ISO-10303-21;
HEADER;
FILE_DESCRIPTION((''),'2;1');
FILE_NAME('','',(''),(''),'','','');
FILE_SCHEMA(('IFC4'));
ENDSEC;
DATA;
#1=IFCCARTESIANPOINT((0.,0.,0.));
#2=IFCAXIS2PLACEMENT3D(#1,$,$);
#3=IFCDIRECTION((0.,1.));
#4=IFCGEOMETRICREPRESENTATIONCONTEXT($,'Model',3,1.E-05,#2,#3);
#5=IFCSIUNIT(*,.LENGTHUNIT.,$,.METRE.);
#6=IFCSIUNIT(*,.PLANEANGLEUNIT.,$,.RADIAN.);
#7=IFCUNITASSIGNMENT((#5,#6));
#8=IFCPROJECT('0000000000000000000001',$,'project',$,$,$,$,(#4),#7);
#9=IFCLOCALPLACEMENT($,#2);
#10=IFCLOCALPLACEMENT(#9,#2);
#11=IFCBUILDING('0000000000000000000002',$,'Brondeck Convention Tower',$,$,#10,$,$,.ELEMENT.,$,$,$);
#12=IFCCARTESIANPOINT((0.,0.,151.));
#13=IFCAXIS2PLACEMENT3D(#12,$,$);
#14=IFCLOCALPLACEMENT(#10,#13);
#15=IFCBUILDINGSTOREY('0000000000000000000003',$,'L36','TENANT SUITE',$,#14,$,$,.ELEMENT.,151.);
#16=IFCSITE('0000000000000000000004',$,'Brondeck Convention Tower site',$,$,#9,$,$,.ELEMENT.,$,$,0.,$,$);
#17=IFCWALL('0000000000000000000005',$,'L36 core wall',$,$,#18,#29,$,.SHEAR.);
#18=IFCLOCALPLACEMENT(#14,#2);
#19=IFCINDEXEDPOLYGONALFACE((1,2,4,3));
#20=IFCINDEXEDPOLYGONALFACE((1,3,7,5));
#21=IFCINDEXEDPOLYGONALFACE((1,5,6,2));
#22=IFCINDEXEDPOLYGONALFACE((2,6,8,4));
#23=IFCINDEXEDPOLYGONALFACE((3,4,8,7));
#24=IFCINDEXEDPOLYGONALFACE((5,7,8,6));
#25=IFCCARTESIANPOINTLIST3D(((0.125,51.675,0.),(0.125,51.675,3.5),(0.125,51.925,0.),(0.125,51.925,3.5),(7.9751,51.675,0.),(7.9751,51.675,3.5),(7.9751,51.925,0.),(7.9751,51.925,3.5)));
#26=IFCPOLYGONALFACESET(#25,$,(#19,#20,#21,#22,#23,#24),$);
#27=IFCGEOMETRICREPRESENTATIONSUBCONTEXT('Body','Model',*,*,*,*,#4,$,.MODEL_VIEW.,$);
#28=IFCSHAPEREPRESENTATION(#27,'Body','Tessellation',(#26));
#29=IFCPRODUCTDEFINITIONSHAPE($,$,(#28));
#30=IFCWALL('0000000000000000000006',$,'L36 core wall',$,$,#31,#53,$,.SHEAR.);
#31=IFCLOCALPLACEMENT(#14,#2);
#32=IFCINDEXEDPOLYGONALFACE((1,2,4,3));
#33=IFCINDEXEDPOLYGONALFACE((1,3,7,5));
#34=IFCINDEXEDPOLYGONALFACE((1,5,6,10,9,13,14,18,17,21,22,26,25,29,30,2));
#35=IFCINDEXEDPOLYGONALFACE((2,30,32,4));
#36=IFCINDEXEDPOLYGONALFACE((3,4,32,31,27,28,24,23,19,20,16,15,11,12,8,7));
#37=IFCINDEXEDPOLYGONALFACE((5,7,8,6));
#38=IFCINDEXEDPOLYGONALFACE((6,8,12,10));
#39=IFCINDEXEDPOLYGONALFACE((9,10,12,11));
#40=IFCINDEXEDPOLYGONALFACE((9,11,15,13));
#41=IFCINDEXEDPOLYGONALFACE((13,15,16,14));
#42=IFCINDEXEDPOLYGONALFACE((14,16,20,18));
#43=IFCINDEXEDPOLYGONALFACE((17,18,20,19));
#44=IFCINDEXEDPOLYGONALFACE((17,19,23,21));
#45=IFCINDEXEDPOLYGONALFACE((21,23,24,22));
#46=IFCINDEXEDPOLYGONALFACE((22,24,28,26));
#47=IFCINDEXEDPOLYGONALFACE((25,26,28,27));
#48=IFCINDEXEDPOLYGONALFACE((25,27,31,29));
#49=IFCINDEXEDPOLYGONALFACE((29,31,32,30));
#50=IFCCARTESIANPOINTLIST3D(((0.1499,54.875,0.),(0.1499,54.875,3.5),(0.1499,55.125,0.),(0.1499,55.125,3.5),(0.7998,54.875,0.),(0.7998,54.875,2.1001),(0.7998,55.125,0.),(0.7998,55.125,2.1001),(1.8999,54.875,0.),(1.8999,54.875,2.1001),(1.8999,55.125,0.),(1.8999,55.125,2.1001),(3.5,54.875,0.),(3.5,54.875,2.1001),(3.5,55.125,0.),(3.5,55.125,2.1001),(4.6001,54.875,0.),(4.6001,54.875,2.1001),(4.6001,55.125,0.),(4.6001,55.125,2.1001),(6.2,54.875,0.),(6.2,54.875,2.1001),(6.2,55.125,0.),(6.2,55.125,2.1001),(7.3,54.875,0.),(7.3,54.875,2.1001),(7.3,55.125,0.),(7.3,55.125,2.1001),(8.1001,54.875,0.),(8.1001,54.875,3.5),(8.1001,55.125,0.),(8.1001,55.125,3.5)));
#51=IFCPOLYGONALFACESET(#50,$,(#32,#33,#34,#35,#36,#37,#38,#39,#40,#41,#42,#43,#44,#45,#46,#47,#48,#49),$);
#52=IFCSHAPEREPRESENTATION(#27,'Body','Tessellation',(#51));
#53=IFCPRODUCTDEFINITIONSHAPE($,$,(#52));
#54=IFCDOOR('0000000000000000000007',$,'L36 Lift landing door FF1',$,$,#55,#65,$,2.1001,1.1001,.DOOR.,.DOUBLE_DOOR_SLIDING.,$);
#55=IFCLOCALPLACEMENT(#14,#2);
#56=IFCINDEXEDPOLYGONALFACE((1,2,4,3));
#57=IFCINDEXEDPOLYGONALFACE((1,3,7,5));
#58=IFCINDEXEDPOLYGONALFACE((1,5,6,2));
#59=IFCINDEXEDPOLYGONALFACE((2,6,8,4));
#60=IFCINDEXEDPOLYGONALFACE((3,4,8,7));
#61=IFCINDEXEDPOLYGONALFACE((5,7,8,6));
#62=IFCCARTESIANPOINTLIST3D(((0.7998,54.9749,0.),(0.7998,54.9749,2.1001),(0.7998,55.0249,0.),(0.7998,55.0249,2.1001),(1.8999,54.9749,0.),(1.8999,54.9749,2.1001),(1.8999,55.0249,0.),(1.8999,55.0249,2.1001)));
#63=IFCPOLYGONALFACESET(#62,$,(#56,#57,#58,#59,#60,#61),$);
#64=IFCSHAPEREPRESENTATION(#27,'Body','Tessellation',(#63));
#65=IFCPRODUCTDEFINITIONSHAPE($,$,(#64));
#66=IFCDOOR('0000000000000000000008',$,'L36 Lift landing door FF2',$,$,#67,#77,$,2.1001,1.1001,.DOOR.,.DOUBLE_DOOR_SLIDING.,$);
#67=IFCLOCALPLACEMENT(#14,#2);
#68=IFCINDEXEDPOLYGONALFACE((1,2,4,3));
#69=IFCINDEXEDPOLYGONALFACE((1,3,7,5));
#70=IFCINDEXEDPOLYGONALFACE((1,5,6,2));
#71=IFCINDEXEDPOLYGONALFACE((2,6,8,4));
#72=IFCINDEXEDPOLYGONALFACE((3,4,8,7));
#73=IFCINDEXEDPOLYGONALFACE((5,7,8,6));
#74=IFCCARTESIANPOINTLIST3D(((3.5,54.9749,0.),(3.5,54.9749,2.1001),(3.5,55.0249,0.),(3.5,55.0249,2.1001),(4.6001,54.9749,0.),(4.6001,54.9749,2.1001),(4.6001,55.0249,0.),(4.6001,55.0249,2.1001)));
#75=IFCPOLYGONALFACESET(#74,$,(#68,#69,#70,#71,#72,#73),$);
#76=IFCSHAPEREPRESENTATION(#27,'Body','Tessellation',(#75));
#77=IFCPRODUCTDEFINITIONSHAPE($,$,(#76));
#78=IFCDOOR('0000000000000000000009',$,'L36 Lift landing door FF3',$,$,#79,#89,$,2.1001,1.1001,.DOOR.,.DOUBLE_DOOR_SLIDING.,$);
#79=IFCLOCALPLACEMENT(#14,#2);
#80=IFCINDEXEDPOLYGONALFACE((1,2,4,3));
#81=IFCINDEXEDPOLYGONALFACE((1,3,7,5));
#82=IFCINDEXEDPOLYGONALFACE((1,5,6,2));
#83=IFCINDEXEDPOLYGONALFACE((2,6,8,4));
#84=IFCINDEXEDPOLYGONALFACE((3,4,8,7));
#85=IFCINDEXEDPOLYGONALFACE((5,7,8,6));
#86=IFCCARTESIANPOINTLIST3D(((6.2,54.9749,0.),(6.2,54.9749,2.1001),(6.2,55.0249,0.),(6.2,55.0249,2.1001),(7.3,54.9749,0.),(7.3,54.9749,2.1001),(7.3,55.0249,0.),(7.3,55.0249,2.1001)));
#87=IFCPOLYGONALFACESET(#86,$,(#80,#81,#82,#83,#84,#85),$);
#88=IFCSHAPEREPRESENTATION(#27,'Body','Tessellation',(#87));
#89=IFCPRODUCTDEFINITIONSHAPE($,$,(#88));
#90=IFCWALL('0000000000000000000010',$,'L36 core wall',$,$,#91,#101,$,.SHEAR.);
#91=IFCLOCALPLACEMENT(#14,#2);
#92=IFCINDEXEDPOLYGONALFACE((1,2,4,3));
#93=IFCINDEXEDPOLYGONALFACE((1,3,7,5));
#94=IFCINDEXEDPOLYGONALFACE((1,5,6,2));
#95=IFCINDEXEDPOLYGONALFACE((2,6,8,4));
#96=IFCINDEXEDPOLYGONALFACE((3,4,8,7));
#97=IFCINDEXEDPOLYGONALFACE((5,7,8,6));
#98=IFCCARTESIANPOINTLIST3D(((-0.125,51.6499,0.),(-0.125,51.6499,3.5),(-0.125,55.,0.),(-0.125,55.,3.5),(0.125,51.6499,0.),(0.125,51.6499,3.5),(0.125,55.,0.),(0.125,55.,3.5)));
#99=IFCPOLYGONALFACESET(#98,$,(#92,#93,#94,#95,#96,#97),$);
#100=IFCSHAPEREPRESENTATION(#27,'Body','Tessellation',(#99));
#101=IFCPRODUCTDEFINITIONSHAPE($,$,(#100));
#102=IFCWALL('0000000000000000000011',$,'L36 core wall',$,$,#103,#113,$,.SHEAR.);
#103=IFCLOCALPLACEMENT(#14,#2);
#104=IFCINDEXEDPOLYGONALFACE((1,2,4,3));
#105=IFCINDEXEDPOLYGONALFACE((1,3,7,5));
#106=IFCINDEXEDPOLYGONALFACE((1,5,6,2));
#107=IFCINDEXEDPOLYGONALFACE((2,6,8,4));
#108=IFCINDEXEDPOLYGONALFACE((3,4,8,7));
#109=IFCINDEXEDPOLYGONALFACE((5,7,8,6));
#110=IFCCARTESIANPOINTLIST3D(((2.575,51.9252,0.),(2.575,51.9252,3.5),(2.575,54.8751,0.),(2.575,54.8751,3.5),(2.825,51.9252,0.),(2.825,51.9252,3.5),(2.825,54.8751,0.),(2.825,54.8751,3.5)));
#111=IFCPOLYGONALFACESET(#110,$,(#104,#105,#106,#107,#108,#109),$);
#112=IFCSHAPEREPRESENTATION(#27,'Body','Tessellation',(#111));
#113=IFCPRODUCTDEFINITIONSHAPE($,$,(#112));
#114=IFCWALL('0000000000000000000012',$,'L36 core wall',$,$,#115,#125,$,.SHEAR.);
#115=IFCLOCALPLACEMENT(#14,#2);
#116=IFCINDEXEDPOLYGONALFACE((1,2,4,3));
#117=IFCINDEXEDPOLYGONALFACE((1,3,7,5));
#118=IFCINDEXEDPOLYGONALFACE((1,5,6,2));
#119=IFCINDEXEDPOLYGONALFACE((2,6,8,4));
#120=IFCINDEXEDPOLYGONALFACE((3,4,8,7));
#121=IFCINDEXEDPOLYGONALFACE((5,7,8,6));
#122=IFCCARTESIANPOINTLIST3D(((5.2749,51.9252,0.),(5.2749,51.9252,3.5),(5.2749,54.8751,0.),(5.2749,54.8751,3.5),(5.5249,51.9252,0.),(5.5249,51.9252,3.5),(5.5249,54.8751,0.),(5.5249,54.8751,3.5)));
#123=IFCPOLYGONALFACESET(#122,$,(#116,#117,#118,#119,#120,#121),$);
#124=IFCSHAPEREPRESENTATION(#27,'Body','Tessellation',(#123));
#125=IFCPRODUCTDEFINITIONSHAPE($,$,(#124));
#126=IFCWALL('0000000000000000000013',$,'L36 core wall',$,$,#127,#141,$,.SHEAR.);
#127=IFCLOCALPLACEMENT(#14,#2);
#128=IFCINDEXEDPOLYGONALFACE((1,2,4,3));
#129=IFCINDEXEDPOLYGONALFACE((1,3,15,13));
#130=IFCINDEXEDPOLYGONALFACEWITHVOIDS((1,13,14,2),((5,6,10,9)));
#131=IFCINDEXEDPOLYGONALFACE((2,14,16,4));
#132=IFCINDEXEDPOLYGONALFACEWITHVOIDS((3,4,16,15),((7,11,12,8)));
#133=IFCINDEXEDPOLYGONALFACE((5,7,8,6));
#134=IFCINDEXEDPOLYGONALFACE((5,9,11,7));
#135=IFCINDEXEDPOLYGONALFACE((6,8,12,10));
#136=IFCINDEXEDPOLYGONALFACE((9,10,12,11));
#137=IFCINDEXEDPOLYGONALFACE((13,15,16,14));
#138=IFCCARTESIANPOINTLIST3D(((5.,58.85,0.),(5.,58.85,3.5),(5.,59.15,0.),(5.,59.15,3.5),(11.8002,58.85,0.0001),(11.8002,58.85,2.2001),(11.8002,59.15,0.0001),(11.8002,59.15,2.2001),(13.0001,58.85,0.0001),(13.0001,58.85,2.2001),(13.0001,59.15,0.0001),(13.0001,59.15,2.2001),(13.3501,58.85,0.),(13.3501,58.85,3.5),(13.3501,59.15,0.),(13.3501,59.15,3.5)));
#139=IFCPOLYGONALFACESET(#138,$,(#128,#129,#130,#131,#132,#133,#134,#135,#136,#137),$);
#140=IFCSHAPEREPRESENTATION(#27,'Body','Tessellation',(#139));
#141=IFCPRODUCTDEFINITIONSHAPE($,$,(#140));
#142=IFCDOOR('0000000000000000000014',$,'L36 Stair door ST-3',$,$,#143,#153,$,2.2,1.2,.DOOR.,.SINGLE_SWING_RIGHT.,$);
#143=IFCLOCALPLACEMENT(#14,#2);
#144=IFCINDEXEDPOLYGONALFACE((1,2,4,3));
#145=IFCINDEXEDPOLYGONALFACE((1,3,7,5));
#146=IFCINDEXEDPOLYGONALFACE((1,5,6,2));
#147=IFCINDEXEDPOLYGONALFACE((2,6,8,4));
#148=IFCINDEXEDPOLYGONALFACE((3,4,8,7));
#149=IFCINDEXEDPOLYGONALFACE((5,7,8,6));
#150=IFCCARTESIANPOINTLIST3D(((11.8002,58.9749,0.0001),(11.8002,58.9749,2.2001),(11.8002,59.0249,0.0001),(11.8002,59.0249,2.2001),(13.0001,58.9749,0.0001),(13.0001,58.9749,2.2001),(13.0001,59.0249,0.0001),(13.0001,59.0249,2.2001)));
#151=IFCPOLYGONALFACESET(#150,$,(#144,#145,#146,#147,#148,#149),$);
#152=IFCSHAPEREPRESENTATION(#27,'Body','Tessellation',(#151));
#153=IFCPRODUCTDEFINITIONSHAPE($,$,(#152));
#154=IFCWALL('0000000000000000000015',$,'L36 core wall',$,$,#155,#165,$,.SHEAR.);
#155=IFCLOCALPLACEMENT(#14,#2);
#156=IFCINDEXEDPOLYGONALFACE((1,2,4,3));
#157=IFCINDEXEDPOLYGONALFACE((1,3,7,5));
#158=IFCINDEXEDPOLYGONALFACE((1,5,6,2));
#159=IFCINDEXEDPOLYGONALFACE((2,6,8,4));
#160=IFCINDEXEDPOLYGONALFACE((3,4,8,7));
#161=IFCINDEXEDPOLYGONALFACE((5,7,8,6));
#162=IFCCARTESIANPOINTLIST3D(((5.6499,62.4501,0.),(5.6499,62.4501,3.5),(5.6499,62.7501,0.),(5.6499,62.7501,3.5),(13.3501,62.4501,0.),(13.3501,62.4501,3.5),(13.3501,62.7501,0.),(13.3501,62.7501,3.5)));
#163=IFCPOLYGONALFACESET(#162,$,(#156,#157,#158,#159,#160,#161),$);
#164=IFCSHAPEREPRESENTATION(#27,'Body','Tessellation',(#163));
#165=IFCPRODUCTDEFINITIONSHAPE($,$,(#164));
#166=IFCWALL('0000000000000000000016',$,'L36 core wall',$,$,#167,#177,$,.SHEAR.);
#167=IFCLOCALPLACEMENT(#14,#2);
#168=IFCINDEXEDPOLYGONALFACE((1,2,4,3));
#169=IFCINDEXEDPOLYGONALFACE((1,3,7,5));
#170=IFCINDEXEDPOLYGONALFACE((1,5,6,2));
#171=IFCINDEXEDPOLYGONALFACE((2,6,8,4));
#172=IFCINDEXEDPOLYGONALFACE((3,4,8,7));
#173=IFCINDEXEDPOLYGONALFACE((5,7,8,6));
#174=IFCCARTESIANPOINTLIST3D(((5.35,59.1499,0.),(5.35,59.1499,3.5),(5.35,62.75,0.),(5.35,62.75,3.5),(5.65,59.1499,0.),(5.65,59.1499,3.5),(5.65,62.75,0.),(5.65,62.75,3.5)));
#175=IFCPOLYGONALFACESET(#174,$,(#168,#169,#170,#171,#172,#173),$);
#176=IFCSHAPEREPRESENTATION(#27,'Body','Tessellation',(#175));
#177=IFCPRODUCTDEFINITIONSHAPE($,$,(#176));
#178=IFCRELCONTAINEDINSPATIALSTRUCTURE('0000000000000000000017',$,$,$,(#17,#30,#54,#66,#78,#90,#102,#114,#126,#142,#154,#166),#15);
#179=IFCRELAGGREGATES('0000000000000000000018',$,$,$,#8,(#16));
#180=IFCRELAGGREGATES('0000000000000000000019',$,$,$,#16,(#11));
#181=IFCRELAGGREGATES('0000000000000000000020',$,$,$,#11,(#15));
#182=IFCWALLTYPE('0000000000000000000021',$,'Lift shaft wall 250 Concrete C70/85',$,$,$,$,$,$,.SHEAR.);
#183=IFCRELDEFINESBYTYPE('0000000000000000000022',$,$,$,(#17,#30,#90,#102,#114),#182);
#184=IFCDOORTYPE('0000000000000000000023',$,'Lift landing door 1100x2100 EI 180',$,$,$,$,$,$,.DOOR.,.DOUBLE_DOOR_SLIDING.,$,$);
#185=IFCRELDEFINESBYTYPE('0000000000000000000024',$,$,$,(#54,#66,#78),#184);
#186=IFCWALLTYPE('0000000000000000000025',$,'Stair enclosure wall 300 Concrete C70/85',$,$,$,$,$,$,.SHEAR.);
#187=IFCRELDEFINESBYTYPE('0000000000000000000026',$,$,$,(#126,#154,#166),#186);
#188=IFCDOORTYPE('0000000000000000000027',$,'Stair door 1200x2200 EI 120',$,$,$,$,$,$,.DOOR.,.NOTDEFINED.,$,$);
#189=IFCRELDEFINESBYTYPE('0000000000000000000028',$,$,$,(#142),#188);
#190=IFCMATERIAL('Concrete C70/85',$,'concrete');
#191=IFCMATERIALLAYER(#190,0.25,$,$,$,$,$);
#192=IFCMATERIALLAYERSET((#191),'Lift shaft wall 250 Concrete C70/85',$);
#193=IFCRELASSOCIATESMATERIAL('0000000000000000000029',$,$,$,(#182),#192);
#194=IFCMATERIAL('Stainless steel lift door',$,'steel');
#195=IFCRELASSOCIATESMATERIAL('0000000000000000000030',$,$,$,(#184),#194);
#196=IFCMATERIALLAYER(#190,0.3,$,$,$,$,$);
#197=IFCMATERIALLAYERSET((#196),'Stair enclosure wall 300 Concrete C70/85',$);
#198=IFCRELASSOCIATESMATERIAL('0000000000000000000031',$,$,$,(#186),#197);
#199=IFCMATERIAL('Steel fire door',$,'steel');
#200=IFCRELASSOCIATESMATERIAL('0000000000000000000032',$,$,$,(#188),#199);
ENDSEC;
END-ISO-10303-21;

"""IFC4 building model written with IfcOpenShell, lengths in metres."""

from ifc_helpers import new_model, si_unit, direction, frame, frame_2d, origin, place, context, subcontext, project, spatial, rectangle, extrude, material, layer, layer_set, type_object, element, fill, save


model = new_model("IFC4")

# Units and contexts
model_context = context("Model", 3, precision=1e-05, world=origin(), true_north=direction((0.0, 1.0)))
body_context = subcontext(model_context, "Body", "Model", "MODEL_VIEW")
ifc_project = project(units=[si_unit("LENGTHUNIT", "METRE"), si_unit("PLANEANGLEUNIT", "RADIAN")], contexts=[model_context])

# Site, building, storey
site_placement = place(None, origin())
site = spatial("IfcSite", under=ifc_project, at=site_placement, Name="Brondeck Convention Tower site", CompositionType="ELEMENT", RefElevation=0.0)
building_placement = place(site_placement, origin())
building = spatial("IfcBuilding", under=site, at=building_placement, Name="Brondeck Convention Tower", CompositionType="ELEMENT")
storey_placement = place(building_placement, frame((0.0, 0.0, 151.0)))
storey = spatial("IfcBuildingStorey", under=building, at=storey_placement, Name="L36", Description="TENANT SUITE", CompositionType="ELEMENT", Elevation=151.0)

# Shared definitions
ifc_material_1 = material(Name="Concrete C70/85", Category="concrete")

# Wall
ifc_layer_1 = layer(ifc_material_1, 0.25)
ifc_layer_set_1 = layer_set([ifc_layer_1], Name="Lift shaft wall 250 Concrete C70/85")
wall_type_1 = type_object("IfcWallType", Name="Lift shaft wall 250 Concrete C70/85", PredefinedType="SHEAR", material=ifc_layer_set_1)
for number, where, z_axis, x_axis, name in (
    (1, (0.125, 51.8, 0.0), (0.0, 0.0, 1.0), (1.0, 0.0, 0.0), "L36 core wall"),
):
    element("IfcWall", number, at=place(storey_placement, frame(where, z_axis=z_axis, x_axis=x_axis)), inside=storey, type_object=wall_type_1, Name=name, PredefinedType="SHEAR", context=body_context, shape_type="SweptSolid", body=[
        extrude(rectangle(XDim=7.8501, YDim=0.25, at=frame_2d((3.925, 0.0))), origin(), (0.0, 0.0, 1.0), 3.5),
    ])

# Wall, openings, doors
wall_1_placement = place(storey_placement, frame((0.1499, 55.0, 0.0), z_axis=(0.0, 0.0, 1.0), x_axis=(1.0, 0.0, 0.0)))
wall_1 = element("IfcWall", 2, at=wall_1_placement, inside=storey, type_object=wall_type_1, Name="L36 core wall", PredefinedType="SHEAR", context=body_context, shape_type="SweptSolid", body=[
    extrude(rectangle(XDim=7.9502, YDim=0.25, at=frame_2d((3.9751, 0.0))), origin(), (0.0, 0.0, 1.0), 3.5),
])
opening_1_placement = place(wall_1_placement, frame((0.6499, 0.0, 0.0)))
opening_1 = element("IfcOpeningElement", 3, at=opening_1_placement, cuts=wall_1, PredefinedType="OPENING", context=body_context, shape_type="SweptSolid", body=[
    extrude(rectangle(XDim=1.1001, YDim=2.1001, at=frame_2d((0.55, 1.05))), frame((0.0, 0.135, 0.0), z_axis=(0.0, -1.0, 0.0), x_axis=(1.0, 0.0, 0.0)), (0.0, 0.0, 1.0), 0.27),
])
opening_2_placement = place(wall_1_placement, frame((3.3501, 0.0, 0.0)))
opening_2 = element("IfcOpeningElement", 4, at=opening_2_placement, cuts=wall_1, PredefinedType="OPENING", context=body_context, shape_type="SweptSolid", body=[
    extrude(rectangle(XDim=1.1001, YDim=2.1001, at=frame_2d((0.55, 1.05))), frame((0.0, 0.135, 0.0), z_axis=(0.0, -1.0, 0.0), x_axis=(1.0, 0.0, 0.0)), (0.0, 0.0, 1.0), 0.27),
])
opening_3_placement = place(wall_1_placement, frame((6.05, 0.0, 0.0)))
opening_3 = element("IfcOpeningElement", 5, at=opening_3_placement, cuts=wall_1, PredefinedType="OPENING", context=body_context, shape_type="SweptSolid", body=[
    extrude(rectangle(XDim=1.1001, YDim=2.1001, at=frame_2d((0.55, 1.05))), frame((0.0, 0.135, 0.0), z_axis=(0.0, -1.0, 0.0), x_axis=(1.0, 0.0, 0.0)), (0.0, 0.0, 1.0), 0.27),
])
ifc_material_2 = material(Name="Stainless steel lift door", Category="steel")
door_type_1 = type_object("IfcDoorType", Name="Lift landing door 1100x2100 EI 180", OperationType="DOUBLE_DOOR_SLIDING", PredefinedType="DOOR", material=ifc_material_2)
door_1_placement = place(opening_1_placement, origin())
door_1 = element("IfcDoor", 6, at=door_1_placement, inside=storey, type_object=door_type_1, Name="L36 Lift landing door FF1", OperationType="DOUBLE_DOOR_SLIDING", OverallHeight=2.1001, OverallWidth=1.1001, PredefinedType="DOOR", context=body_context, shape_type="SweptSolid", body=[
    extrude(rectangle(XDim=1.1001, YDim=2.1001, at=frame_2d((0.55, 1.05))), frame((0.0, 0.0249, 0.0), z_axis=(0.0, -1.0, 0.0), x_axis=(1.0, 0.0, 0.0)), (0.0, 0.0, 1.0), 0.05),
])
fill(opening_1, door_1)
door_2_placement = place(opening_2_placement, origin())
door_2 = element("IfcDoor", 7, at=door_2_placement, inside=storey, type_object=door_type_1, Name="L36 Lift landing door FF2", OperationType="DOUBLE_DOOR_SLIDING", OverallHeight=2.1001, OverallWidth=1.1001, PredefinedType="DOOR", context=body_context, shape_type="SweptSolid", body=[
    extrude(rectangle(XDim=1.1001, YDim=2.1001, at=frame_2d((0.55, 1.05))), frame((0.0, 0.0249, 0.0), z_axis=(0.0, -1.0, 0.0), x_axis=(1.0, 0.0, 0.0)), (0.0, 0.0, 1.0), 0.05),
])
fill(opening_2, door_2)
door_3_placement = place(opening_3_placement, origin())
door_3 = element("IfcDoor", 8, at=door_3_placement, inside=storey, type_object=door_type_1, Name="L36 Lift landing door FF3", OperationType="DOUBLE_DOOR_SLIDING", OverallHeight=2.1001, OverallWidth=1.1001, PredefinedType="DOOR", context=body_context, shape_type="SweptSolid", body=[
    extrude(rectangle(XDim=1.1001, YDim=2.1001, at=frame_2d((0.55, 1.05))), frame((0.0, 0.0249, 0.0), z_axis=(0.0, -1.0, 0.0), x_axis=(1.0, 0.0, 0.0)), (0.0, 0.0, 1.0), 0.05),
])
fill(opening_3, door_3)

# Walls
wall_2_placement = place(storey_placement, frame((0.0, 51.6499, 0.0), z_axis=(0.0, 0.0, 1.0), x_axis=(0.0, 1.0, 0.0)))
element("IfcWall", 9, at=wall_2_placement, inside=storey, type_object=wall_type_1, Name="L36 core wall", PredefinedType="SHEAR", context=body_context, shape_type="SweptSolid", body=[
    extrude(rectangle(XDim=3.3501, YDim=0.25, at=frame_2d((1.675, 0.0))), origin(), (0.0, 0.0, 1.0), 3.5),
])
for number, where, z_axis, x_axis, name in (
    (10, (2.7, 51.925, 0.0), (0.0, 0.0, 1.0), (0.0, 1.0, 0.0), "L36 core wall"),
    (11, (5.3999, 51.925, 0.0), (0.0, 0.0, 1.0), (0.0, 1.0, 0.0), "L36 core wall"),
):
    element("IfcWall", number, at=place(storey_placement, frame(where, z_axis=z_axis, x_axis=x_axis)), inside=storey, type_object=wall_type_1, Name=name, PredefinedType="SHEAR", context=body_context, shape_type="SweptSolid", body=[
        extrude(rectangle(XDim=2.95, YDim=0.25, at=frame_2d((1.4751, 0.0))), origin(), (0.0, 0.0, 1.0), 3.5),
    ])

# Wall, opening, door
ifc_layer_2 = layer(ifc_material_1, 0.3)
ifc_layer_set_2 = layer_set([ifc_layer_2], Name="Stair enclosure wall 300 Concrete C70/85")
wall_type_2 = type_object("IfcWallType", Name="Stair enclosure wall 300 Concrete C70/85", PredefinedType="SHEAR", material=ifc_layer_set_2)
wall_3_placement = place(storey_placement, frame((5.0, 59.0, 0.0), z_axis=(0.0, 0.0, 1.0), x_axis=(1.0, 0.0, 0.0)))
wall_3 = element("IfcWall", 12, at=wall_3_placement, inside=storey, type_object=wall_type_2, Name="L36 core wall", PredefinedType="SHEAR", context=body_context, shape_type="SweptSolid", body=[
    extrude(rectangle(XDim=8.3501, YDim=0.3, at=frame_2d((4.175, 0.0))), origin(), (0.0, 0.0, 1.0), 3.5),
])
opening_4_placement = place(wall_3_placement, frame((6.8, 0.0, 0.0)))
opening_4 = element("IfcOpeningElement", 13, at=opening_4_placement, cuts=wall_3, PredefinedType="OPENING", context=body_context, shape_type="SweptSolid", body=[
    extrude(rectangle(XDim=1.2, YDim=2.2, at=frame_2d((0.6001, 1.1001))), frame((0.0, 0.1599, 0.0), z_axis=(0.0, -1.0, 0.0), x_axis=(1.0, 0.0, 0.0)), (0.0, 0.0, 1.0), 0.3201),
])
ifc_material_3 = material(Name="Steel fire door", Category="steel")
door_type_2 = type_object("IfcDoorType", Name="Stair door 1200x2200 EI 120", OperationType="NOTDEFINED", PredefinedType="DOOR", material=ifc_material_3)
door_4_placement = place(opening_4_placement, origin())
door_4 = element("IfcDoor", 14, at=door_4_placement, inside=storey, type_object=door_type_2, Name="L36 Stair door ST-3", OperationType="SINGLE_SWING_RIGHT", OverallHeight=2.2, OverallWidth=1.2, PredefinedType="DOOR", context=body_context, shape_type="SweptSolid", body=[
    extrude(rectangle(XDim=1.2, YDim=2.2, at=frame_2d((0.6001, 1.1001))), frame((0.0, 0.0249, 0.0), z_axis=(0.0, -1.0, 0.0), x_axis=(1.0, 0.0, 0.0)), (0.0, 0.0, 1.0), 0.05),
])
fill(opening_4, door_4)

# Walls
wall_4_placement = place(storey_placement, frame((5.6499, 62.6001, 0.0), z_axis=(0.0, 0.0, 1.0), x_axis=(1.0, 0.0, 0.0)))
element("IfcWall", 15, at=wall_4_placement, inside=storey, type_object=wall_type_2, Name="L36 core wall", PredefinedType="SHEAR", context=body_context, shape_type="SweptSolid", body=[
    extrude(rectangle(XDim=7.7002, YDim=0.3, at=frame_2d((3.8501, 0.0))), origin(), (0.0, 0.0, 1.0), 3.5),
])
wall_5_placement = place(storey_placement, frame((5.5, 59.1499, 0.0), z_axis=(0.0, 0.0, 1.0), x_axis=(0.0, 1.0, 0.0)))
element("IfcWall", 16, at=wall_5_placement, inside=storey, type_object=wall_type_2, Name="L36 core wall", PredefinedType="SHEAR", context=body_context, shape_type="SweptSolid", body=[
    extrude(rectangle(XDim=3.6001, YDim=0.3, at=frame_2d((1.8, 0.0))), origin(), (0.0, 0.0, 1.0), 3.5),
])

save(model, "model.ifc")
